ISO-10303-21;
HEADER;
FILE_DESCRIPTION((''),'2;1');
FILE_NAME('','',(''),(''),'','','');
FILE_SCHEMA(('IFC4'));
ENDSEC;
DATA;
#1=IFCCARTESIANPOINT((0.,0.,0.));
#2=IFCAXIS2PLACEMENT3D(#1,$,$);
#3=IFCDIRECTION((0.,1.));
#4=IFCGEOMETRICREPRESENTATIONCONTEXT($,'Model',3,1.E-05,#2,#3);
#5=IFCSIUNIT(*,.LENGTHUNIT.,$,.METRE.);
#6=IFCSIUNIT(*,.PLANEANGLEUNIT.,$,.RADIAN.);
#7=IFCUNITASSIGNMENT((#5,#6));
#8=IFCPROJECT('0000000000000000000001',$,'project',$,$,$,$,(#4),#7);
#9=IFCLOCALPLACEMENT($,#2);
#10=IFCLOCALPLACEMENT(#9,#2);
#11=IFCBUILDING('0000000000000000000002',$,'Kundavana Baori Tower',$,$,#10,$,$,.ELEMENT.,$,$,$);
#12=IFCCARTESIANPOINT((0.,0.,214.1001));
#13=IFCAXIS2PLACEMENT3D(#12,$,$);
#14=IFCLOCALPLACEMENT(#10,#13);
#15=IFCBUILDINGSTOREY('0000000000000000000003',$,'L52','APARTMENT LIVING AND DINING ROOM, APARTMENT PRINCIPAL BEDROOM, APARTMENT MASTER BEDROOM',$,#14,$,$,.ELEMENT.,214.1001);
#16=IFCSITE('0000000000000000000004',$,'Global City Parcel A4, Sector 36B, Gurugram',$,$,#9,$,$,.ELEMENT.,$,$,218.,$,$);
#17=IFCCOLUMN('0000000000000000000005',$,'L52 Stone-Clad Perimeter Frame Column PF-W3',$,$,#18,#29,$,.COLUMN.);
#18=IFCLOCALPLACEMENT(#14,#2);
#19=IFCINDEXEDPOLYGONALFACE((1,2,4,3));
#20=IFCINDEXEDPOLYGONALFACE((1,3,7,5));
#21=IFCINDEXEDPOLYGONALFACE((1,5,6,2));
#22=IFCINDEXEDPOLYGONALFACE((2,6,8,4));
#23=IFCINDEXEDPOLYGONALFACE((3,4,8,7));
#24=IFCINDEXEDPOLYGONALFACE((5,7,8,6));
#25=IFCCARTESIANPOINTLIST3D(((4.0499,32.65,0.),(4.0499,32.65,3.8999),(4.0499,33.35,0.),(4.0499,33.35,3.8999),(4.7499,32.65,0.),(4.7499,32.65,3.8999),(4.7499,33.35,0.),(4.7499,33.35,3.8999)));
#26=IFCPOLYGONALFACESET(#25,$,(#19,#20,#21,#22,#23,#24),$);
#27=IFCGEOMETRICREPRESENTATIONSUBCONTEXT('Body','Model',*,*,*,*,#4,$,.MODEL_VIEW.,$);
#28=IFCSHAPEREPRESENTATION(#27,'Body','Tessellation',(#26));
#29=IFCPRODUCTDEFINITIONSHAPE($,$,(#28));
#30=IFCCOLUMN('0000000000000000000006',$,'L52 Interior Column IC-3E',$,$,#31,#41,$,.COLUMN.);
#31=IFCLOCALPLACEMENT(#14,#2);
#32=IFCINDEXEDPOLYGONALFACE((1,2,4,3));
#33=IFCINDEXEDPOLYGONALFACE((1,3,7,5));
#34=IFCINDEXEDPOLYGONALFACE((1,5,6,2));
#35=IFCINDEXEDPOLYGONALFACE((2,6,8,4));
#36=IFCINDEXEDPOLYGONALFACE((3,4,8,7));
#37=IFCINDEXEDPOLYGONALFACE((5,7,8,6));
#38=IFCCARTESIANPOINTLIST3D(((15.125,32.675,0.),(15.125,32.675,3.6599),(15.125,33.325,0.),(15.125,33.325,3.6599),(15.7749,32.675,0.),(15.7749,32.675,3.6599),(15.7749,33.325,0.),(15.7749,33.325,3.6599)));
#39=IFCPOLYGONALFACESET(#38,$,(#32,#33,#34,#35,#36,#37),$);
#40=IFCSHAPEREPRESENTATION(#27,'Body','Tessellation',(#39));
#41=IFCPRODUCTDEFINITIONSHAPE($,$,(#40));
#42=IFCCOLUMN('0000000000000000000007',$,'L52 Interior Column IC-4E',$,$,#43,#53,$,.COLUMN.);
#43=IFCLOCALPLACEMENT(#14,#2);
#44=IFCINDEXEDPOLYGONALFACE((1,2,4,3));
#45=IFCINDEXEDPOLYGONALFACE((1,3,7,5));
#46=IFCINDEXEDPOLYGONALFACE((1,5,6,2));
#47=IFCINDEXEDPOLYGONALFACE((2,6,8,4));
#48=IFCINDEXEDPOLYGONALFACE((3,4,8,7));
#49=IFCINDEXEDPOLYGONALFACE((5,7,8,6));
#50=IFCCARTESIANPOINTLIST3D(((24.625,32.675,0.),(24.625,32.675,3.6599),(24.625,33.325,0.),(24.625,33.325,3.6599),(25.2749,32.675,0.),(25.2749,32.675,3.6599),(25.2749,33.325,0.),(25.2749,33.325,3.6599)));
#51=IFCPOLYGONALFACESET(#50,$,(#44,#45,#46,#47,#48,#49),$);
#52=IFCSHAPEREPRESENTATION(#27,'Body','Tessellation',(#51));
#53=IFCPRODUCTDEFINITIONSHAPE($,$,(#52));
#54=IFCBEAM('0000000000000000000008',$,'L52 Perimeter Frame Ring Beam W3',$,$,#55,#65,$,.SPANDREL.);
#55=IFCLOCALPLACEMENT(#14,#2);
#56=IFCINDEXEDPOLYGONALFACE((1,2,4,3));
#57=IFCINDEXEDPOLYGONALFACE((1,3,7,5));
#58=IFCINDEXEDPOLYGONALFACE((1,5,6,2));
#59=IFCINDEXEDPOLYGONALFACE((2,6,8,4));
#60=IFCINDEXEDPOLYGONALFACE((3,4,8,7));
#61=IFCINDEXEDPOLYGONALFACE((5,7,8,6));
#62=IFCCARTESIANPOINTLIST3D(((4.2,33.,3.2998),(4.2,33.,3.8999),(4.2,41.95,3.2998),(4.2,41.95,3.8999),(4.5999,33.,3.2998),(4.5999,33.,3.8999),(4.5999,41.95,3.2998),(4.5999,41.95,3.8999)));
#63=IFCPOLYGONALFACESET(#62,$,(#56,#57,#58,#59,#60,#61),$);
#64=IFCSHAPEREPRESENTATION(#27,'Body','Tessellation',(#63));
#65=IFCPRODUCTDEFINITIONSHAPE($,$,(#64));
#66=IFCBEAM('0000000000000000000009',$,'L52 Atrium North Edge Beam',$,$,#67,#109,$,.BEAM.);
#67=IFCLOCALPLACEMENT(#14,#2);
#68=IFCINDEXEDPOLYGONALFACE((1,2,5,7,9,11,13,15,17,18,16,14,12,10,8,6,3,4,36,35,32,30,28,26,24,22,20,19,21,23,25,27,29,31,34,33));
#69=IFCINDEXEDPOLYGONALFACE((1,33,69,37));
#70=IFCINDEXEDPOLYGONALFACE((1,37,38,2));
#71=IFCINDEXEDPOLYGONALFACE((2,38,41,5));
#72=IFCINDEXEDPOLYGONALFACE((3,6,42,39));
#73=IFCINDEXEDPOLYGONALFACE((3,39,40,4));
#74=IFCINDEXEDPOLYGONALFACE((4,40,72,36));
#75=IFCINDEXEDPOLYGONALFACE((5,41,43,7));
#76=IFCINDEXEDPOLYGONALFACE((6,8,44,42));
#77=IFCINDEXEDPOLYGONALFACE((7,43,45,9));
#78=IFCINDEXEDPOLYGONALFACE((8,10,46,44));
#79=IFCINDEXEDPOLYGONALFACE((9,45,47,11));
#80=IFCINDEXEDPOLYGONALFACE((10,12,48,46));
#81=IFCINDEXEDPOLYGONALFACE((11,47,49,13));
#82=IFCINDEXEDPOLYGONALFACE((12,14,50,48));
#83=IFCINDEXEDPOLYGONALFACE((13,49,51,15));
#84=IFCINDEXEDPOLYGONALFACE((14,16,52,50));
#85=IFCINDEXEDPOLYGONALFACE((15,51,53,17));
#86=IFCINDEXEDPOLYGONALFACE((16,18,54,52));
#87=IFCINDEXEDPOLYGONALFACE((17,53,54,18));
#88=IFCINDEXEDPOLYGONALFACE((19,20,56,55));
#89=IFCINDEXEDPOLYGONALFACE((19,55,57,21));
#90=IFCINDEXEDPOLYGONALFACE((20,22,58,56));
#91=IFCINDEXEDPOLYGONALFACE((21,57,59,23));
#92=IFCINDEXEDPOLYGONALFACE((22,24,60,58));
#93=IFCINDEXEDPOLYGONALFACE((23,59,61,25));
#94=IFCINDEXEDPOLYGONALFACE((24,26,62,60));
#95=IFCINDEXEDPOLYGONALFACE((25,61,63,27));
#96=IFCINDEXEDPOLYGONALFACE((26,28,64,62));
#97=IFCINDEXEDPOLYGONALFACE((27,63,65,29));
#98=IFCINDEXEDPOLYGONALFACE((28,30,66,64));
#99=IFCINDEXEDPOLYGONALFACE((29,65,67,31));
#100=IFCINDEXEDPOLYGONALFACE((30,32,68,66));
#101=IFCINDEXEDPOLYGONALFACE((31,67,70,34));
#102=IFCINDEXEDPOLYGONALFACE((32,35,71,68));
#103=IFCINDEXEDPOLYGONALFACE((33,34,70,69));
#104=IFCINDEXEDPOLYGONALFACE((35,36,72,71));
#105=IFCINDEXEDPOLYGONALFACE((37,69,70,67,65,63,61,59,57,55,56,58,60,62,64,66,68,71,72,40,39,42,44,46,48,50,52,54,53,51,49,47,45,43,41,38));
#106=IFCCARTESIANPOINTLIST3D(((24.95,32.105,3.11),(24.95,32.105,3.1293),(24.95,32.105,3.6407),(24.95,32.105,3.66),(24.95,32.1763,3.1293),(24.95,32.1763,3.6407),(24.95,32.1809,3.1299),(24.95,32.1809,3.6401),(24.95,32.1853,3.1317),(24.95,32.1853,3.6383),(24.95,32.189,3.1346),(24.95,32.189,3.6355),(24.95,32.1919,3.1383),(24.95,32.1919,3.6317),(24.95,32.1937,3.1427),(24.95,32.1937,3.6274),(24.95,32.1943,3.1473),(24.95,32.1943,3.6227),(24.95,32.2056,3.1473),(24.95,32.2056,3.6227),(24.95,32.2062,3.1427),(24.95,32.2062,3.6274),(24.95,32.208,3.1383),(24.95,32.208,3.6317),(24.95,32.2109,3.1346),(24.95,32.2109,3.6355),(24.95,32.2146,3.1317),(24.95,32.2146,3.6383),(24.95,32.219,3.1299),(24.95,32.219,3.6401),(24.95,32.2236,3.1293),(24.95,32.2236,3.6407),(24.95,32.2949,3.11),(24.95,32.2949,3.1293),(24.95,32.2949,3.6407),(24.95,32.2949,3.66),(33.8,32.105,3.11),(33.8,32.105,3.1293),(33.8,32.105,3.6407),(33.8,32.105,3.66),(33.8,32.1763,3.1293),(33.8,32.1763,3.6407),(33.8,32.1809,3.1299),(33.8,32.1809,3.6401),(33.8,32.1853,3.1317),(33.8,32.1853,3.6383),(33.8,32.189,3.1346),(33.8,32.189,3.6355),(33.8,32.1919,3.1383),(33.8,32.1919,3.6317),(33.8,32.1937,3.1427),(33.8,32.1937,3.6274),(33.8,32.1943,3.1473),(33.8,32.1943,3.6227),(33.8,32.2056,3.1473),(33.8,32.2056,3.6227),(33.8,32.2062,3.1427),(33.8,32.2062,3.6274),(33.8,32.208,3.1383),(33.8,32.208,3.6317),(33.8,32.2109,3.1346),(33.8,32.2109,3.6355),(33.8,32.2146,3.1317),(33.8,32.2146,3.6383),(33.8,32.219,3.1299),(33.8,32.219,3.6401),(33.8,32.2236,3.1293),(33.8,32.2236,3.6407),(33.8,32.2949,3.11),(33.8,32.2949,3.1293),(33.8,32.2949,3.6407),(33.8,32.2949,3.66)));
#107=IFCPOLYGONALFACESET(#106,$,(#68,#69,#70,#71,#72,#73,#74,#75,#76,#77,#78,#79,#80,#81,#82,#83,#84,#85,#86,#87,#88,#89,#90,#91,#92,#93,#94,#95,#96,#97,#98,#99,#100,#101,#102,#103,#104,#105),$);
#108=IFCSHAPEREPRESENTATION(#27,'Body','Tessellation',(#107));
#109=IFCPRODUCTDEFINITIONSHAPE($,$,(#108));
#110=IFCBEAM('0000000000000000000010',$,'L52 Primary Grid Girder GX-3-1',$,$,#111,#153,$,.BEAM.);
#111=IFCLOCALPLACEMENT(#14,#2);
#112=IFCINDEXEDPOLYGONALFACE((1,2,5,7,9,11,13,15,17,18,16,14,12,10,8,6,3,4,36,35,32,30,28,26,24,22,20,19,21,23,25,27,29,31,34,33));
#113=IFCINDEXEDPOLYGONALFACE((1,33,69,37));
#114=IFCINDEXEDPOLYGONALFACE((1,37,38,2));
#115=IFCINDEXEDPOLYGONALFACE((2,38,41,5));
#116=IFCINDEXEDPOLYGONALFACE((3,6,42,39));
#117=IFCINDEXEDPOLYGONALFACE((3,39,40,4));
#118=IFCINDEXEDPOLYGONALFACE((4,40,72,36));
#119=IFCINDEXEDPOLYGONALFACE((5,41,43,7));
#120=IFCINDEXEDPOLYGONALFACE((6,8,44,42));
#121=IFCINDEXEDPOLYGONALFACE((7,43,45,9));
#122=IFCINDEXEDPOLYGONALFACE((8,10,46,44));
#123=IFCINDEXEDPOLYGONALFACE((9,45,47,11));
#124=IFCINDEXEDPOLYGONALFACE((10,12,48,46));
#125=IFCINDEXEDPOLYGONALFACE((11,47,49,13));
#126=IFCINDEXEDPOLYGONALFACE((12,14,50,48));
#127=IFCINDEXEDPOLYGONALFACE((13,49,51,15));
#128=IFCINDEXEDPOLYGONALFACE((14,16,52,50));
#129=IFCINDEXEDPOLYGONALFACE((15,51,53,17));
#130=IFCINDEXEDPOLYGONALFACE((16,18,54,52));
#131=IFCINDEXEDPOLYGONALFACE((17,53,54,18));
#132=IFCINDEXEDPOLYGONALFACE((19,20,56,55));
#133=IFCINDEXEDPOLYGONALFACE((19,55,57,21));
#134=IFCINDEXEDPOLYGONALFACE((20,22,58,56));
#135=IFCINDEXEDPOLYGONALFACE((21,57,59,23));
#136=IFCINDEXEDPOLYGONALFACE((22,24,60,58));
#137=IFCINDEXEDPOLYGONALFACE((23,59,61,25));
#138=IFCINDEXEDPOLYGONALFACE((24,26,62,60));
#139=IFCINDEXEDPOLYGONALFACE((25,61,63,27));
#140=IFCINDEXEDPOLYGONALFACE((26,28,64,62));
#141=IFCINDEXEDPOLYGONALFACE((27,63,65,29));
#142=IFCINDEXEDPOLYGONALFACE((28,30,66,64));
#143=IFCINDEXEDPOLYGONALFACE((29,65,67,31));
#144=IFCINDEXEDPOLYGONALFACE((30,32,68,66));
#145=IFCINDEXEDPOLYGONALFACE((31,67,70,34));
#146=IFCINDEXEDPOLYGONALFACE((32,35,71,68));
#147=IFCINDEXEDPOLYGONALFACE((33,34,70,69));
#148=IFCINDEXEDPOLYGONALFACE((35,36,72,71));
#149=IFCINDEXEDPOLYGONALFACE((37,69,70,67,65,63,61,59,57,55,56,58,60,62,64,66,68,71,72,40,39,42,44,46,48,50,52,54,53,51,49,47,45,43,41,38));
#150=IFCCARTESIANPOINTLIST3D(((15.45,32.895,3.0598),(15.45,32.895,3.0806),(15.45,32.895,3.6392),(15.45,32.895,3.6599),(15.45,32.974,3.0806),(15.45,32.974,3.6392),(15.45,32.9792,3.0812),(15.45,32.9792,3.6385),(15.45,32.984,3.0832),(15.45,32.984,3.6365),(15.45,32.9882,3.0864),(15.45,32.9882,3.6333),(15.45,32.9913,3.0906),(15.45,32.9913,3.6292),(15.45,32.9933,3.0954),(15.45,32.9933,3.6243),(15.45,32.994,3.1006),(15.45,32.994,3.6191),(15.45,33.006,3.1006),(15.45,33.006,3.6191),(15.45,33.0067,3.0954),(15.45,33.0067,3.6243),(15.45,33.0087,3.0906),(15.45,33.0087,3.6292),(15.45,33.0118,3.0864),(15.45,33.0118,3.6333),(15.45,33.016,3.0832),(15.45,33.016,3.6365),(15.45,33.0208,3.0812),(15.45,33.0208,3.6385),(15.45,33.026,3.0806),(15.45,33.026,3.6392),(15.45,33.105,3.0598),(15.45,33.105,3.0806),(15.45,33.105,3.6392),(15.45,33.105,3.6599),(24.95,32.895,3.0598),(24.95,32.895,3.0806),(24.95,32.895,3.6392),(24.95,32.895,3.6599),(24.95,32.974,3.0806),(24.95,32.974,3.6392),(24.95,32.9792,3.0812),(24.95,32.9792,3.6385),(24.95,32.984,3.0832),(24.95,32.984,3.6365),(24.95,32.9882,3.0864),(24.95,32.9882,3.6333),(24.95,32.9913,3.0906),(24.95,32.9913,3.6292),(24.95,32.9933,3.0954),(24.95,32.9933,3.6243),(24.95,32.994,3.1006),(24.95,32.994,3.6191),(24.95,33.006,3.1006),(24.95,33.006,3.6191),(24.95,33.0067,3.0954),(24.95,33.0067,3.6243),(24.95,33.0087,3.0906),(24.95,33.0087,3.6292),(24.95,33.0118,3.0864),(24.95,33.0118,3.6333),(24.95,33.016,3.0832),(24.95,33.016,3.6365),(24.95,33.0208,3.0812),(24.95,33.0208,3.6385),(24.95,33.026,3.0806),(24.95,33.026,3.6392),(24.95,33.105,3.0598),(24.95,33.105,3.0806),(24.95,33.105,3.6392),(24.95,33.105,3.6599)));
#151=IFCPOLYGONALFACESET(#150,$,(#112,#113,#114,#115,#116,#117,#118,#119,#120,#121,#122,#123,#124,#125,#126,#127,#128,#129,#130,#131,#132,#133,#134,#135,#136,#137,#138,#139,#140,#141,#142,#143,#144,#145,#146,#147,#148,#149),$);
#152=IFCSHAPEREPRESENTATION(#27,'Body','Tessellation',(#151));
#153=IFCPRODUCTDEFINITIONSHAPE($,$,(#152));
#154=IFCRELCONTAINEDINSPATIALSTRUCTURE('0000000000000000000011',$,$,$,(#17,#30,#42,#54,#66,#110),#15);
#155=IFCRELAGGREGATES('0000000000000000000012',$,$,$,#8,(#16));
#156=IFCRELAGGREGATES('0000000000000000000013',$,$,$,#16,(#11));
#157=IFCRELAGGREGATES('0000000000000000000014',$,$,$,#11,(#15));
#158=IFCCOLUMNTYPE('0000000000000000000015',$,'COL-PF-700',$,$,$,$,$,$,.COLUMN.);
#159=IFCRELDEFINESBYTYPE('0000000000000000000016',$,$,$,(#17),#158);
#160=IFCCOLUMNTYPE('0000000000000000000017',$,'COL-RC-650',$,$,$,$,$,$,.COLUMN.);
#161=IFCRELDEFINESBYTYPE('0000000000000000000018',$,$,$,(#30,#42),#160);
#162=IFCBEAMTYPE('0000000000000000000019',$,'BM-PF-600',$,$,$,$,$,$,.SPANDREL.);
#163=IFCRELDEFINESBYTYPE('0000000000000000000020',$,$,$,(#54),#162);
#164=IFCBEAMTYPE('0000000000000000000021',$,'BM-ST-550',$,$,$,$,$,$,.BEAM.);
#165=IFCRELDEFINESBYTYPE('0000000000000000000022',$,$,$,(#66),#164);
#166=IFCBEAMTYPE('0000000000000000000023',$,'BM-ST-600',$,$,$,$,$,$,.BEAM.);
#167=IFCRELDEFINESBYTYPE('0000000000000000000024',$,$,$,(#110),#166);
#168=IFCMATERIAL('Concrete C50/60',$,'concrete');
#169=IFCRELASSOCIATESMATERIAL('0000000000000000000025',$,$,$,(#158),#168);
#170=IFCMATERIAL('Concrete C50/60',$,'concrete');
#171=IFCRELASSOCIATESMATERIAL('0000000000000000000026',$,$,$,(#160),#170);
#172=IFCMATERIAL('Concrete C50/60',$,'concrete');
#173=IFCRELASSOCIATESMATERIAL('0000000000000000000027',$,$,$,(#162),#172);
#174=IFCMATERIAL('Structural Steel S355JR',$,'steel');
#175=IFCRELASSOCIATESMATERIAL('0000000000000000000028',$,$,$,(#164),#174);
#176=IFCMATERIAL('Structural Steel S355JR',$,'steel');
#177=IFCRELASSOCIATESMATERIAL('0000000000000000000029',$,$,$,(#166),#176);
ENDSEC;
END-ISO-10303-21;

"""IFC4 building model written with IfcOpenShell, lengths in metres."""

from ifc_helpers import new_model, si_unit, direction, frame, origin, origin_2d, place, context, subcontext, project, spatial, rectangle, i_section, extrude, material, material_profile, profile_set, type_object, element, save


model = new_model("IFC4")

# Units and contexts
model_context = context("Model", 3, precision=1e-05, world=origin(), true_north=direction((0.0, 1.0)))
body_context = subcontext(model_context, "Body", "Model", "MODEL_VIEW")
ifc_project = project(units=[si_unit("LENGTHUNIT", "METRE"), si_unit("PLANEANGLEUNIT", "RADIAN")], contexts=[model_context])

# Site, building, storey
site_placement = place(None, origin())
site = spatial("IfcSite", under=ifc_project, at=site_placement, Name="Global City Parcel A4, Sector 36B, Gurugram", CompositionType="ELEMENT", RefElevation=218.0)
building_placement = place(site_placement, origin())
building = spatial("IfcBuilding", under=site, at=building_placement, Name="Kundavana Baori Tower", CompositionType="ELEMENT")
storey_placement = place(building_placement, frame((0.0, 0.0, 214.1001)))
storey = spatial("IfcBuildingStorey", under=building, at=storey_placement, Name="L52", Description="APARTMENT LIVING AND DINING ROOM, APARTMENT PRINCIPAL BEDROOM, APARTMENT MASTER BEDROOM", CompositionType="ELEMENT", Elevation=214.1001)

# Columns
ifc_material_1 = material(Name="Concrete C50/60", Category="concrete")
ifc_material_profile_1 = material_profile(ifc_material_1, rectangle(XDim=0.7, YDim=0.7, at=origin_2d()), Name="RC PF 700x700")
ifc_profile_set_1 = profile_set([ifc_material_profile_1], Name="Concrete C50/60")
column_type_1 = type_object("IfcColumnType", Name="COL-PF-700", PredefinedType="COLUMN", material=ifc_profile_set_1)
column_placement = place(storey_placement, frame((4.3999, 33.0, 0.0), z_axis=(0.0, 0.0, 1.0), x_axis=(1.0, 0.0, 0.0)))
element("IfcColumn", 1, at=column_placement, inside=storey, type_object=column_type_1, Name="L52 Stone-Clad Perimeter Frame Column PF-W3", PredefinedType="COLUMN", context=body_context, shape_type="SweptSolid", body=[
    extrude(rectangle(XDim=0.7, YDim=0.7, at=origin_2d()), origin(), (0.0, 0.0, 1.0), 3.8999),
])
ifc_material_2 = material(Name="Concrete C50/60", Category="concrete")
ifc_material_profile_2 = material_profile(ifc_material_2, rectangle(XDim=0.6499, YDim=0.6499, at=origin_2d()), Name="RC 650x650")
ifc_profile_set_2 = profile_set([ifc_material_profile_2], Name="Concrete C50/60")
column_type_2 = type_object("IfcColumnType", Name="COL-RC-650", PredefinedType="COLUMN", material=ifc_profile_set_2)
for number, where, z_axis, x_axis, name in (
    (2, (15.45, 33.0, 0.0), (0.0, 0.0, 1.0), (1.0, 0.0, 0.0), "L52 Interior Column IC-3E"),
    (3, (24.95, 33.0, 0.0), (0.0, 0.0, 1.0), (1.0, 0.0, 0.0), "L52 Interior Column IC-4E"),
):
    element("IfcColumn", number, at=place(storey_placement, frame(where, z_axis=z_axis, x_axis=x_axis)), inside=storey, type_object=column_type_2, Name=name, PredefinedType="COLUMN", context=body_context, shape_type="SweptSolid", body=[
        extrude(rectangle(XDim=0.6499, YDim=0.6499, at=origin_2d()), origin(), (0.0, 0.0, 1.0), 3.6599),
    ])

# Beams
ifc_material_3 = material(Name="Concrete C50/60", Category="concrete")
ifc_material_profile_3 = material_profile(ifc_material_3, rectangle(XDim=0.3999, YDim=0.6001, at=origin_2d()), Name="RC BM 400x600")
ifc_profile_set_3 = profile_set([ifc_material_profile_3], Name="Concrete C50/60")
beam_type_1 = type_object("IfcBeamType", Name="BM-PF-600", PredefinedType="SPANDREL", material=ifc_profile_set_3)
beam_1_placement = place(storey_placement, frame((4.3999, 33.0, 3.5999), z_axis=(0.0, 1.0, 0.0), x_axis=(-1.0, 0.0, 0.0)))
element("IfcBeam", 4, at=beam_1_placement, inside=storey, type_object=beam_type_1, Name="L52 Perimeter Frame Ring Beam W3", PredefinedType="SPANDREL", context=body_context, shape_type="SweptSolid", body=[
    extrude(rectangle(XDim=0.3999, YDim=0.6001, at=origin_2d()), origin(), (0.0, 0.0, 1.0), 8.95),
])
ifc_material_4 = material(Name="Structural Steel S355JR", Category="steel")
ifc_material_profile_4 = material_profile(ifc_material_4, i_section(OverallWidth=0.1899, OverallDepth=0.55, WebThickness=0.0112, FlangeThickness=0.0193, FilletRadius=0.0181, at=origin_2d()), Name="ISMB 550")
ifc_profile_set_4 = profile_set([ifc_material_profile_4], Name="Structural Steel S355JR")
beam_type_2 = type_object("IfcBeamType", Name="BM-ST-550", PredefinedType="BEAM", material=ifc_profile_set_4)
beam_2_placement = place(storey_placement, frame((24.95, 32.2, 3.385), z_axis=(1.0, 0.0, 0.0), x_axis=(0.0, 1.0, 0.0)))
element("IfcBeam", 5, at=beam_2_placement, inside=storey, type_object=beam_type_2, Name="L52 Atrium North Edge Beam", PredefinedType="BEAM", context=body_context, shape_type="SweptSolid", body=[
    extrude(i_section(OverallWidth=0.1899, OverallDepth=0.55, WebThickness=0.0112, FlangeThickness=0.0193, FilletRadius=0.0181, at=origin_2d()), origin(), (0.0, 0.0, 1.0), 8.8501),
])
ifc_material_5 = material(Name="Structural Steel S355JR", Category="steel")
ifc_material_profile_5 = material_profile(ifc_material_5, i_section(OverallWidth=0.21, OverallDepth=0.6001, WebThickness=0.012, FlangeThickness=0.0208, FilletRadius=0.02, at=origin_2d()), Name="ISMB 600")
ifc_profile_set_5 = profile_set([ifc_material_profile_5], Name="Structural Steel S355JR")
beam_type_3 = type_object("IfcBeamType", Name="BM-ST-600", PredefinedType="BEAM", material=ifc_profile_set_5)
beam_3_placement = place(storey_placement, frame((15.45, 33.0, 3.3599), z_axis=(1.0, 0.0, 0.0), x_axis=(0.0, 1.0, 0.0)))
element("IfcBeam", 6, at=beam_3_placement, inside=storey, type_object=beam_type_3, Name="L52 Primary Grid Girder GX-3-1", PredefinedType="BEAM", context=body_context, shape_type="SweptSolid", body=[
    extrude(i_section(OverallWidth=0.21, OverallDepth=0.6001, WebThickness=0.012, FlangeThickness=0.0208, FilletRadius=0.02, at=origin_2d()), origin(), (0.0, 0.0, 1.0), 9.5),
])

save(model, "model.ifc")
